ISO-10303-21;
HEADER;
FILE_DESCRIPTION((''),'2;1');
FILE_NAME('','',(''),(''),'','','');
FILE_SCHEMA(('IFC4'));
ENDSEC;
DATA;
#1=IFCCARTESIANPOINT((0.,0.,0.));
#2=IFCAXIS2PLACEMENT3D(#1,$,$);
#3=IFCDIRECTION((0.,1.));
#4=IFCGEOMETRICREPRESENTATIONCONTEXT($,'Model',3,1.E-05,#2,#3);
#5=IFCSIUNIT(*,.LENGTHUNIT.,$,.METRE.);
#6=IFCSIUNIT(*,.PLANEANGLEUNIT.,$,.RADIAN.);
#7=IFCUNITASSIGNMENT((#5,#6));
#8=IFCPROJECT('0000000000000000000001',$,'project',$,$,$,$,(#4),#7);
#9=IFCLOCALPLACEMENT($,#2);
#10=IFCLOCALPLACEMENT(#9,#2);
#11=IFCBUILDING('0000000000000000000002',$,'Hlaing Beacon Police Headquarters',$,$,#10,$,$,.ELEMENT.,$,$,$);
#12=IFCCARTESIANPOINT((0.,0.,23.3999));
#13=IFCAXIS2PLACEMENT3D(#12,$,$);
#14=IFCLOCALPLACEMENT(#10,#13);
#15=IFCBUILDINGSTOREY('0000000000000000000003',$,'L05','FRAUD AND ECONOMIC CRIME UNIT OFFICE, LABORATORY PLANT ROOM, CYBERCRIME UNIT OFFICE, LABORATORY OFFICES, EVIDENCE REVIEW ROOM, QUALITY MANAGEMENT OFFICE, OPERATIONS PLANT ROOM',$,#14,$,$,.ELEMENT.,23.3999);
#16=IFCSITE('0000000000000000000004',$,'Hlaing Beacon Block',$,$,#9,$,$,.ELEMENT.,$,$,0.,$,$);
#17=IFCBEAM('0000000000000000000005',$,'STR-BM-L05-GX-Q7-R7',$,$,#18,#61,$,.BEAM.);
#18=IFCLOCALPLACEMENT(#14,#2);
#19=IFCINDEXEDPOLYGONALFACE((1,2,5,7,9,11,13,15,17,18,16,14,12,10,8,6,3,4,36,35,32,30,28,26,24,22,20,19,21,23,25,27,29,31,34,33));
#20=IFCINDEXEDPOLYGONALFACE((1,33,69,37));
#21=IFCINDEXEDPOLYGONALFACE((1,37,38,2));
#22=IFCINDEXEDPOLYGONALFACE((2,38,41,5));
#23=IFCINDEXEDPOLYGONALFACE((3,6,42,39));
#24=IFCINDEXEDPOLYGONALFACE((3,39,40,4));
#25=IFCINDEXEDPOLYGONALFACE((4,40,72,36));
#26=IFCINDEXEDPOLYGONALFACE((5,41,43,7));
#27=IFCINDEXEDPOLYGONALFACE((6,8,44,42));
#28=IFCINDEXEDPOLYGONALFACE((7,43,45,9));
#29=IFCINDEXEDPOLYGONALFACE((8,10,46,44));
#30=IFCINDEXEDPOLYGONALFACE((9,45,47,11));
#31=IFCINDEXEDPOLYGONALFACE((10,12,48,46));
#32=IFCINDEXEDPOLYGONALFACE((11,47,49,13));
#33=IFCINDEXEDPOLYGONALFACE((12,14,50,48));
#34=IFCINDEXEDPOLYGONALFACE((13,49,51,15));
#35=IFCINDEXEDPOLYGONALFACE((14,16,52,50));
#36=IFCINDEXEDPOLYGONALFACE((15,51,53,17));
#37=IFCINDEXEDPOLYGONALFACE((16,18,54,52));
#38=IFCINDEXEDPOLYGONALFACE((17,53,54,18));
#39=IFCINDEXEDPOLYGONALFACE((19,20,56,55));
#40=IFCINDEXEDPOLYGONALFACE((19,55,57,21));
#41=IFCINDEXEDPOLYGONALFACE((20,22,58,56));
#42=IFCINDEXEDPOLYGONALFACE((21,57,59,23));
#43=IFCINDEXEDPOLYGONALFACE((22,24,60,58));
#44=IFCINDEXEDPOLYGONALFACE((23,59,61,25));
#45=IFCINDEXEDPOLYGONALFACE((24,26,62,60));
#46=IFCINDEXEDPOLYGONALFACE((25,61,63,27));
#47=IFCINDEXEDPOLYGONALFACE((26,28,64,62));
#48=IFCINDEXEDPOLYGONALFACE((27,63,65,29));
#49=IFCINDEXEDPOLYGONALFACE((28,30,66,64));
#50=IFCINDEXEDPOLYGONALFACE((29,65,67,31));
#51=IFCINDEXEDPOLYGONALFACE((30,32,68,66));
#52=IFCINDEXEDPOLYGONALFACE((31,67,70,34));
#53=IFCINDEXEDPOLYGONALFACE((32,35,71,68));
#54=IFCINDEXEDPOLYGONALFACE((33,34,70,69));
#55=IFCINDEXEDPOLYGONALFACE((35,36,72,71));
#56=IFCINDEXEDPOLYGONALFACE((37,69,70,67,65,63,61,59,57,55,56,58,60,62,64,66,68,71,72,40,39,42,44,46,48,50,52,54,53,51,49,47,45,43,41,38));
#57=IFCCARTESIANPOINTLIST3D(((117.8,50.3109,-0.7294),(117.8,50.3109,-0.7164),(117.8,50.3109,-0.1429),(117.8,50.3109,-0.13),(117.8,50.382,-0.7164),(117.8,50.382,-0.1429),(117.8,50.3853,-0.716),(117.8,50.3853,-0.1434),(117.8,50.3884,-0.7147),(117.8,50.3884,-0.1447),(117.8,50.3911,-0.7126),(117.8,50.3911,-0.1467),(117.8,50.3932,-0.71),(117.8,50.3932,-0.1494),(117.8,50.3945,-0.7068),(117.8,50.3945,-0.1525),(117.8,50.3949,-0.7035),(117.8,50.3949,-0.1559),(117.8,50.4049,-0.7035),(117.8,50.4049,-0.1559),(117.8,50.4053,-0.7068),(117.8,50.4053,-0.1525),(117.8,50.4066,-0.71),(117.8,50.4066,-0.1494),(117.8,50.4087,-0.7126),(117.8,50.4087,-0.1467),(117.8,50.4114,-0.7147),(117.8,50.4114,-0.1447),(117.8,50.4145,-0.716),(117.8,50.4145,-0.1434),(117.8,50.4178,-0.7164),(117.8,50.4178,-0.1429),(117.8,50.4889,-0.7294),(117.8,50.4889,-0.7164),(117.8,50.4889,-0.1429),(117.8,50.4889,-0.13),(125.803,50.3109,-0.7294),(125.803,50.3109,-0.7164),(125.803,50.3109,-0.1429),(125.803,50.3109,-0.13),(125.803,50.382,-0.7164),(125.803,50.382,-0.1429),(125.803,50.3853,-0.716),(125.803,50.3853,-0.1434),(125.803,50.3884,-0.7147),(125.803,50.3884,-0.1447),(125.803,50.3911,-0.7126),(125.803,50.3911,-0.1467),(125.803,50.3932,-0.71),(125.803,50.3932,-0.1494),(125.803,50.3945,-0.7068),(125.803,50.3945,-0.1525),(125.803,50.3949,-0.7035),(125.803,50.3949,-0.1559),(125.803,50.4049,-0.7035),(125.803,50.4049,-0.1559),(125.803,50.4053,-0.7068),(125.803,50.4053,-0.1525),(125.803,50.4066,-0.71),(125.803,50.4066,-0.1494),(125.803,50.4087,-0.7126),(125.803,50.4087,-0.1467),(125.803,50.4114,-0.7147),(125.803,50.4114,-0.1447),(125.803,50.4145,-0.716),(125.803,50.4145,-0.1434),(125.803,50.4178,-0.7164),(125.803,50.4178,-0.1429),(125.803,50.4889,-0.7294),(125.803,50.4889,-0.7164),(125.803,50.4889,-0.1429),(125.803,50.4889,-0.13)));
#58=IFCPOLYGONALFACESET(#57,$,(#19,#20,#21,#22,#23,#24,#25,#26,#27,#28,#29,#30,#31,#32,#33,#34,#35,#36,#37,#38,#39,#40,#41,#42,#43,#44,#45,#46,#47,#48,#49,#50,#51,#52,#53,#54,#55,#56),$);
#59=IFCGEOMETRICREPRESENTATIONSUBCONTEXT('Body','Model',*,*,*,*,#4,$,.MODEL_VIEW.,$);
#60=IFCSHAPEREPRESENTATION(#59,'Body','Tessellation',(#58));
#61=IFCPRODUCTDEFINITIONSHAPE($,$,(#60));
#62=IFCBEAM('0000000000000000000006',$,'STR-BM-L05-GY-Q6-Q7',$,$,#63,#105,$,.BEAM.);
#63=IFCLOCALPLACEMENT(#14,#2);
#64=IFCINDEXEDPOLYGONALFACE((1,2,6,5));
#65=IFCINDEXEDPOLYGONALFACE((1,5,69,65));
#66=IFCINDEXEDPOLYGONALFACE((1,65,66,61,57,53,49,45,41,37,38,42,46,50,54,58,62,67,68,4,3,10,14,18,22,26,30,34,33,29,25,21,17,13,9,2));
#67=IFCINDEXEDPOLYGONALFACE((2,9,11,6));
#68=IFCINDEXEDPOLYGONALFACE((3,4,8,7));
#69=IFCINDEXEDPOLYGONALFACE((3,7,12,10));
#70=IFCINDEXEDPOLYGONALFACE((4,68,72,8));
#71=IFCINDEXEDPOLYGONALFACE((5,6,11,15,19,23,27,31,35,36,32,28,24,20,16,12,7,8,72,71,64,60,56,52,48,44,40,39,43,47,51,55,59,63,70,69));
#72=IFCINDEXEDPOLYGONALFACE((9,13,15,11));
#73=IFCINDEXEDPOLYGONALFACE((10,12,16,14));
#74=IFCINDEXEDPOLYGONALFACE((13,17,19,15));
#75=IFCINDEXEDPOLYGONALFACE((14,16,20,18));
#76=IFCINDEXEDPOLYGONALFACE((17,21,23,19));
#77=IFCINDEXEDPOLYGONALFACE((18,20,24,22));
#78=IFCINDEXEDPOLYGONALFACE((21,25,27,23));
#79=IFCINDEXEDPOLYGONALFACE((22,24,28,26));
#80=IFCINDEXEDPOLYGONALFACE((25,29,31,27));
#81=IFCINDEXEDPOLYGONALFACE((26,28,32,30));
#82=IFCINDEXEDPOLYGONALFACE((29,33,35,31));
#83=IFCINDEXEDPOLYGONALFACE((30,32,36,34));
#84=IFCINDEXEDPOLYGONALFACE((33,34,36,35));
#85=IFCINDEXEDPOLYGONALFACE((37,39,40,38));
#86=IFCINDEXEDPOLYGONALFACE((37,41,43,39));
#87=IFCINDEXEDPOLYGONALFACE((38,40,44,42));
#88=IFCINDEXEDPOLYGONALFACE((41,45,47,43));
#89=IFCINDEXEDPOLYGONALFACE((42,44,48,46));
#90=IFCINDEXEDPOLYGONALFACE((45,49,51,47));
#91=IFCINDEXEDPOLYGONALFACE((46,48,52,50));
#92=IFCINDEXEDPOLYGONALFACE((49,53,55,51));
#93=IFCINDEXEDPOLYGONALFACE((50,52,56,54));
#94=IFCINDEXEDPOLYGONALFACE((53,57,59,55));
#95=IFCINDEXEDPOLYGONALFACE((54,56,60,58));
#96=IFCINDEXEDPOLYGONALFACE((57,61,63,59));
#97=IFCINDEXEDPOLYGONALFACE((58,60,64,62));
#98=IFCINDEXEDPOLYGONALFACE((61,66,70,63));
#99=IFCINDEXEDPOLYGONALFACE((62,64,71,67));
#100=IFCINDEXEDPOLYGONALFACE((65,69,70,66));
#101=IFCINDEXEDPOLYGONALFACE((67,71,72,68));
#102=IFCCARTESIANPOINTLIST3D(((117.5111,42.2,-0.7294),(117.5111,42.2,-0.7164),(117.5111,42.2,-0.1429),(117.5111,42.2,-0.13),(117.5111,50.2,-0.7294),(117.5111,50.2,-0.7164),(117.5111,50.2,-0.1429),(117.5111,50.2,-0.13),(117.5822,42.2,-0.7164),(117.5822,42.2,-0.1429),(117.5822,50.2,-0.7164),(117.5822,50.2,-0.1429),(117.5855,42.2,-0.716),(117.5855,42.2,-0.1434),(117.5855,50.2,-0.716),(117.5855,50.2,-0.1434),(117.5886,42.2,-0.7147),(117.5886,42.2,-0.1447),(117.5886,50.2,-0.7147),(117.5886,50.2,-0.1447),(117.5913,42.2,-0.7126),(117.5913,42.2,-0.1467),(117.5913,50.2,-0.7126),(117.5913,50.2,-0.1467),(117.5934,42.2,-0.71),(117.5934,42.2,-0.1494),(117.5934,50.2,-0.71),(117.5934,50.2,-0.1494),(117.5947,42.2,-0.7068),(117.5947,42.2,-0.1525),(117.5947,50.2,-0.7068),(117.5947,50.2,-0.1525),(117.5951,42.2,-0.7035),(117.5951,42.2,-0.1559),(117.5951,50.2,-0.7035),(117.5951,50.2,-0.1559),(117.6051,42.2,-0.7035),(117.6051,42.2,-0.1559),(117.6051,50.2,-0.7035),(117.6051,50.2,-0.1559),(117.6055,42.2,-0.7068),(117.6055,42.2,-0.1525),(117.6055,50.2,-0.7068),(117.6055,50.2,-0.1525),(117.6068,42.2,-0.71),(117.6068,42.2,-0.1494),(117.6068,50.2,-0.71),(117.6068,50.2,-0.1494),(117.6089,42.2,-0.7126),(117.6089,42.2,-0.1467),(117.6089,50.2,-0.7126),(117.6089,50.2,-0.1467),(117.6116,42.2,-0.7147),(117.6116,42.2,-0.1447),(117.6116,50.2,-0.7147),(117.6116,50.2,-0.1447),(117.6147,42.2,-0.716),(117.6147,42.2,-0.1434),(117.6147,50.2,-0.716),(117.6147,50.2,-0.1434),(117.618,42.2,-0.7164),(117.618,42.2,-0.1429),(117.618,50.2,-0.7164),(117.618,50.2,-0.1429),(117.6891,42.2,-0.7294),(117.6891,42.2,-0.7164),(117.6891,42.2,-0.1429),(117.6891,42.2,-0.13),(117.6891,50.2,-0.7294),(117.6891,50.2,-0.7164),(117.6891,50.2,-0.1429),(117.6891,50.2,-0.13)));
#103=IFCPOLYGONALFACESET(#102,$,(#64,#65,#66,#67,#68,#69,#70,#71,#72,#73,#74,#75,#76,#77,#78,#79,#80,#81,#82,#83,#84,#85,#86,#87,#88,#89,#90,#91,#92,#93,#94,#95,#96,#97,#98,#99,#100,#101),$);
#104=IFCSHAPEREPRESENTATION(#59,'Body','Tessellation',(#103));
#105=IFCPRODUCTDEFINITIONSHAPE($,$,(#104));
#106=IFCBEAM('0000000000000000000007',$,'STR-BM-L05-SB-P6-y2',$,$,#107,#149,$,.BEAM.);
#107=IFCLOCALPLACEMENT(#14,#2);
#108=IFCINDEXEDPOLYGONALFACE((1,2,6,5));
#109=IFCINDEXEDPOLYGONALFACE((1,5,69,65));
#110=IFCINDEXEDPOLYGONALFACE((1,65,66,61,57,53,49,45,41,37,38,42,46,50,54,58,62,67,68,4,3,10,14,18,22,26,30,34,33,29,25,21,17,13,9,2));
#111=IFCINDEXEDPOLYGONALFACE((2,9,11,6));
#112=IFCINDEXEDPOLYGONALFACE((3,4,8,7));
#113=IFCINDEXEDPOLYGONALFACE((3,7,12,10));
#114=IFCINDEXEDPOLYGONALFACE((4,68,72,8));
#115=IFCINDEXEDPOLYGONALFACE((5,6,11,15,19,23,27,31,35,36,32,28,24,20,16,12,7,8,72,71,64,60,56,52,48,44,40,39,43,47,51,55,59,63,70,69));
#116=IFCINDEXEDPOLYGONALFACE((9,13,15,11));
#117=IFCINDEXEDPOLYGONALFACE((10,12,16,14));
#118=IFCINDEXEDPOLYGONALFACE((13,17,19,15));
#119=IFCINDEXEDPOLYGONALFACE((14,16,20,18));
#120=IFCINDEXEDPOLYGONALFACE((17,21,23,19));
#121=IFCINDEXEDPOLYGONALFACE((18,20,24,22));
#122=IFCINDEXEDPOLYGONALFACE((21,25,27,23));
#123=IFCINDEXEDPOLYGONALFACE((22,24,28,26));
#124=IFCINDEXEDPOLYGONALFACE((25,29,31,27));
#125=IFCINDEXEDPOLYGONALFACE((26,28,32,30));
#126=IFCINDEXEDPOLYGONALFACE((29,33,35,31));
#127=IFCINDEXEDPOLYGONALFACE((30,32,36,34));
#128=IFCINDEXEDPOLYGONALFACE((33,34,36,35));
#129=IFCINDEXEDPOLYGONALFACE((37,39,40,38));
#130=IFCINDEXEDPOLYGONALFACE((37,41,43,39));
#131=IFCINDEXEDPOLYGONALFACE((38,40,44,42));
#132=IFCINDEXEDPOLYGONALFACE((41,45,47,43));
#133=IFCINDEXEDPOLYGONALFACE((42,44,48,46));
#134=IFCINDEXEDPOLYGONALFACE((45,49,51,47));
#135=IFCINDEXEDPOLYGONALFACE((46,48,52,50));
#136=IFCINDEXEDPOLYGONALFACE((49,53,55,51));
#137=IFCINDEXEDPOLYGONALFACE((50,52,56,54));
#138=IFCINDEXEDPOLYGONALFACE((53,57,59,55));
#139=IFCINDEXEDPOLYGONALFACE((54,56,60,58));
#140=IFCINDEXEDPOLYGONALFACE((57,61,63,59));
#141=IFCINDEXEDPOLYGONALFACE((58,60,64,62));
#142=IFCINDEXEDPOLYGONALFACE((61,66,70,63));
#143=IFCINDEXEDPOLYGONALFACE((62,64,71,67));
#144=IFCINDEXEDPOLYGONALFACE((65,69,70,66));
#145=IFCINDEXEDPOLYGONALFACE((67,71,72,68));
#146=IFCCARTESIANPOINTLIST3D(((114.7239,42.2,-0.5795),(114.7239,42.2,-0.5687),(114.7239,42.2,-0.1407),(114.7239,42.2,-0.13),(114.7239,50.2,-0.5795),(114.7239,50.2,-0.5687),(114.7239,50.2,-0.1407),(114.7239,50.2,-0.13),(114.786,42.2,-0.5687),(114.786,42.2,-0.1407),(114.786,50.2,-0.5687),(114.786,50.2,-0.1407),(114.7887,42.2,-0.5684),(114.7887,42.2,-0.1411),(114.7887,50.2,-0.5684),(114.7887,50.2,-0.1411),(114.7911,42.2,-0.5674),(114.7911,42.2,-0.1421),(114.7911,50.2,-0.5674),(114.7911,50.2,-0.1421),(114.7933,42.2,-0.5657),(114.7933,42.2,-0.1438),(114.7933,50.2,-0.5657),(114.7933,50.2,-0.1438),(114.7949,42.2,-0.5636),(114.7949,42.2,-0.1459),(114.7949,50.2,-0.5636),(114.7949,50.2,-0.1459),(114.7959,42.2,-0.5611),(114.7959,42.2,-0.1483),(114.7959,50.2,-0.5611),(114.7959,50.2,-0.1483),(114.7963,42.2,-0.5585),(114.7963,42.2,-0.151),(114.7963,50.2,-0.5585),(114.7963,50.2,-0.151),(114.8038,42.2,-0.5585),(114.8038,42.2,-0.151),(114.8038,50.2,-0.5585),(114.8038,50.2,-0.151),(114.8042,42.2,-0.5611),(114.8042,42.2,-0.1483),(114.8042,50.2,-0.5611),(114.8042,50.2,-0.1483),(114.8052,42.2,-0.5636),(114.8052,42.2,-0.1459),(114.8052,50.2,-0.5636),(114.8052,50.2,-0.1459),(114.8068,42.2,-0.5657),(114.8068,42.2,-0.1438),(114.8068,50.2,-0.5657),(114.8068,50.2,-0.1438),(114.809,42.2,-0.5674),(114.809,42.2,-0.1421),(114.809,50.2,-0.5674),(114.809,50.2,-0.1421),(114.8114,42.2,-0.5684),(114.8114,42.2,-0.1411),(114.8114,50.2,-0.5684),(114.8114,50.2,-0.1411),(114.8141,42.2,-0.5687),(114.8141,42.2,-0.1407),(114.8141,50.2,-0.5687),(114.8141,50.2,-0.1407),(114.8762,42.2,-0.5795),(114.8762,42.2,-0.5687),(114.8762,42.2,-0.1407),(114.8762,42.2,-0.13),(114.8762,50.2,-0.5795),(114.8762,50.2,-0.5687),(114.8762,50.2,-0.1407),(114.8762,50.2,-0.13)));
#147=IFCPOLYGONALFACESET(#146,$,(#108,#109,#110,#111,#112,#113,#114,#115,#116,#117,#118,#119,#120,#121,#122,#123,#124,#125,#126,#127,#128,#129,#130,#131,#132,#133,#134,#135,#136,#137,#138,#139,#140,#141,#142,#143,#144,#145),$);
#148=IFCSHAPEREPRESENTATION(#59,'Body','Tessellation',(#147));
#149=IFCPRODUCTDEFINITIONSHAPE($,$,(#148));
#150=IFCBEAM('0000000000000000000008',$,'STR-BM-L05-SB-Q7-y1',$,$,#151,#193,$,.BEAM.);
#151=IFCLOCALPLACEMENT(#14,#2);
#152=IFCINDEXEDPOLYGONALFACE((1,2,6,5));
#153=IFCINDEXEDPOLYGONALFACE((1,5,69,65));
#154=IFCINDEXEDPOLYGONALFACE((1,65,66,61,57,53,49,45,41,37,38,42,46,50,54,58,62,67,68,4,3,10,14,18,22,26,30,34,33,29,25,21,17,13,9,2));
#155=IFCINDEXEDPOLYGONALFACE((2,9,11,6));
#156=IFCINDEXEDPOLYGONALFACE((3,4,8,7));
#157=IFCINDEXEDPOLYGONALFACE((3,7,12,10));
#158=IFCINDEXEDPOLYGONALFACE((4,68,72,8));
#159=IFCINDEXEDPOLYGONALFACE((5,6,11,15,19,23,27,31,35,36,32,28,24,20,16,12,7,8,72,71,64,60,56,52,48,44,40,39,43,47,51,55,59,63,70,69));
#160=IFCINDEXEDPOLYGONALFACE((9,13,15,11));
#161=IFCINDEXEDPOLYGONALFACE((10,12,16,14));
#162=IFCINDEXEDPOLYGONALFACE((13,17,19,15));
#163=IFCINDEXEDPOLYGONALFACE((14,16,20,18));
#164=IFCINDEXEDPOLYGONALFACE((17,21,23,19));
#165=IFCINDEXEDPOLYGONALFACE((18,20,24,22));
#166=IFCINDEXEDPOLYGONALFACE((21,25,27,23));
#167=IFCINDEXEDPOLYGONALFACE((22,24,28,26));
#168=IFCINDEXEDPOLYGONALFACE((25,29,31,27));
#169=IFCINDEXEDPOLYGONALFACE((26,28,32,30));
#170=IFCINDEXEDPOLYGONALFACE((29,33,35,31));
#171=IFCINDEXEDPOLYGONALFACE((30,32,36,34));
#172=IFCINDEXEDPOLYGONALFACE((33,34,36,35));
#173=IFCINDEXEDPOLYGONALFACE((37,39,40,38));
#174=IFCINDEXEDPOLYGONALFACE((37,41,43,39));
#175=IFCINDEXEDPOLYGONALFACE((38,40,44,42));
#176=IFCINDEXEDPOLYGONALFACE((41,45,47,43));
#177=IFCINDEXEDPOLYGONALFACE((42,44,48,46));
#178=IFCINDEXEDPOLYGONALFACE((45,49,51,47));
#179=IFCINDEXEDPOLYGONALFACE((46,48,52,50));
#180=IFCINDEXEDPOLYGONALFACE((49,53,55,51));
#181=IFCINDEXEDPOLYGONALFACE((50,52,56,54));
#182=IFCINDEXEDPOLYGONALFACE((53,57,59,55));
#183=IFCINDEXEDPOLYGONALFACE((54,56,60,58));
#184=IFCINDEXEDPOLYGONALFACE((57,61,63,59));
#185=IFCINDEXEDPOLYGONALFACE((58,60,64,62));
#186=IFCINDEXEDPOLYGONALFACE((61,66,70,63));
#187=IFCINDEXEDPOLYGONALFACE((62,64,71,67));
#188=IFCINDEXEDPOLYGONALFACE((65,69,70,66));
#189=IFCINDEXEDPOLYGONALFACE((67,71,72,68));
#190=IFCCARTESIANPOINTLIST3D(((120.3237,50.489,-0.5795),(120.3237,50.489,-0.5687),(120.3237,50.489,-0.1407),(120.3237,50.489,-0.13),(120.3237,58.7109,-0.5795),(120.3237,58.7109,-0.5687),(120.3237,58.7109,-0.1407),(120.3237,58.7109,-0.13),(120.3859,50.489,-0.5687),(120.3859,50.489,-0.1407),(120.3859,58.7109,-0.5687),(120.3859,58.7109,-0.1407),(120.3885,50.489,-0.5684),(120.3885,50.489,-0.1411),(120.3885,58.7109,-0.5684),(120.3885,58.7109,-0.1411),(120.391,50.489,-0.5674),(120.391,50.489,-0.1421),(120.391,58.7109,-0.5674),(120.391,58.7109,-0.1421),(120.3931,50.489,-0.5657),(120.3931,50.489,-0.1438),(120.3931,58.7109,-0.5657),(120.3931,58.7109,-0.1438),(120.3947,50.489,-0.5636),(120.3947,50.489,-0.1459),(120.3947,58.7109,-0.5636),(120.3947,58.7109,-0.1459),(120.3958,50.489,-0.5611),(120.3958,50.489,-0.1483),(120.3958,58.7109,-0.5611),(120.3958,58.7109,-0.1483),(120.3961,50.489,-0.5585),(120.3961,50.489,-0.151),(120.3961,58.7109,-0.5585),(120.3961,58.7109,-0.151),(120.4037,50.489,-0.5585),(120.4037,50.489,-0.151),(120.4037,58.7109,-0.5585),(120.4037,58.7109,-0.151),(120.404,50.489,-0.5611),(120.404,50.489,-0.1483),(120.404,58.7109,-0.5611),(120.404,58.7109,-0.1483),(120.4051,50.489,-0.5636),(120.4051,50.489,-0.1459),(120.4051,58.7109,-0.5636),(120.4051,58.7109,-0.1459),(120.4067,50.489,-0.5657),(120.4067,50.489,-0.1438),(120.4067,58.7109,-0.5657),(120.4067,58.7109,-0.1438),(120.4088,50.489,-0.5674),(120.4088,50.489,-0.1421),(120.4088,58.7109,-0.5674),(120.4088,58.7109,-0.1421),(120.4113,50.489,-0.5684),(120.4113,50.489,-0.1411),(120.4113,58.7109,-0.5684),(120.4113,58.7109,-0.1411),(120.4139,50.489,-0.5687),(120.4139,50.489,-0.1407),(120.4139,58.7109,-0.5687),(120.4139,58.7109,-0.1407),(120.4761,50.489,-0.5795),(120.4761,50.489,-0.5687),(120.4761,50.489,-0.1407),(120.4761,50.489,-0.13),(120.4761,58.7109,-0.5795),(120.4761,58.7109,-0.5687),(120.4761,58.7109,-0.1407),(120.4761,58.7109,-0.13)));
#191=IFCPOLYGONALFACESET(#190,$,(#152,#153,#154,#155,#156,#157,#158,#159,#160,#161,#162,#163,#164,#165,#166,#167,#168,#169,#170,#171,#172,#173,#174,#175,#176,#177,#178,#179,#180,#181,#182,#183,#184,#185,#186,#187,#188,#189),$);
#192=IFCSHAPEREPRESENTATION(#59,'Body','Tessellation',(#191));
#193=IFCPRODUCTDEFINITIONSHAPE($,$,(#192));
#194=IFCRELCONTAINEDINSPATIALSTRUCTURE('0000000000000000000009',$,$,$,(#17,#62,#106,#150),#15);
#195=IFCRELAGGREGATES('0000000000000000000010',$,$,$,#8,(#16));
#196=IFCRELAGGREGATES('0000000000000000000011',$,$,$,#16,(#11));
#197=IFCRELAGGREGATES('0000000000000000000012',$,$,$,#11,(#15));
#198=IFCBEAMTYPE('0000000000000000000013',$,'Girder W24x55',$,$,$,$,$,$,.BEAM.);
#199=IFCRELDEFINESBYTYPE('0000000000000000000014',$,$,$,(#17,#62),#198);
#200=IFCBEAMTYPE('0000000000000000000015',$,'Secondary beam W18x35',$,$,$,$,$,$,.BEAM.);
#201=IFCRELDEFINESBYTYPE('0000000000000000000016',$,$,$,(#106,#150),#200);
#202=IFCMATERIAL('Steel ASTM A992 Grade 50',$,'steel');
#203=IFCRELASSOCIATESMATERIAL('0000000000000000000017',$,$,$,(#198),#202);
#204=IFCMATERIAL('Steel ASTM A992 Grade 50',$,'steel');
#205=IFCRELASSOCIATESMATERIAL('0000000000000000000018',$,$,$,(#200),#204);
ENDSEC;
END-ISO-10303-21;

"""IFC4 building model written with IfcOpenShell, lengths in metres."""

from ifc_helpers import new_model, si_unit, direction, frame, origin, origin_2d, place, context, subcontext, project, spatial, i_section, extrude, material, material_profile, profile_set, type_object, element, save


model = new_model("IFC4")

# Units and contexts
model_context = context("Model", 3, precision=1e-05, world=origin(), true_north=direction((0.0, 1.0)))
body_context = subcontext(model_context, "Body", "Model", "MODEL_VIEW")
ifc_project = project(units=[si_unit("LENGTHUNIT", "METRE"), si_unit("PLANEANGLEUNIT", "RADIAN")], contexts=[model_context])

# Site, building, storey
site_placement = place(None, origin())
site = spatial("IfcSite", under=ifc_project, at=site_placement, Name="Hlaing Beacon Block", CompositionType="ELEMENT", RefElevation=0.0)
building_placement = place(site_placement, origin())
building = spatial("IfcBuilding", under=site, at=building_placement, Name="Hlaing Beacon Police Headquarters", CompositionType="ELEMENT")
storey_placement = place(building_placement, frame((0.0, 0.0, 23.3999)))
storey = spatial("IfcBuildingStorey", under=building, at=storey_placement, Name="L05", Description="FRAUD AND ECONOMIC CRIME UNIT OFFICE, LABORATORY PLANT ROOM, CYBERCRIME UNIT OFFICE, LABORATORY OFFICES, EVIDENCE REVIEW ROOM, QUALITY MANAGEMENT OFFICE, OPERATIONS PLANT ROOM", CompositionType="ELEMENT", Elevation=23.3999)

# Beams
ifc_material_1 = material(Name="Steel ASTM A992 Grade 50", Category="steel")
ifc_material_profile_1 = material_profile(ifc_material_1, i_section(OverallWidth=0.178, OverallDepth=0.5994, WebThickness=0.01, FlangeThickness=0.0129, FilletRadius=0.0129, at=origin_2d()), Name="W24x55")
ifc_profile_set_1 = profile_set([ifc_material_profile_1], Name="Steel ASTM A992 Grade 50")
beam_type_1 = type_object("IfcBeamType", Name="Girder W24x55", PredefinedType="BEAM", material=ifc_profile_set_1)
beam_1_placement = place(storey_placement, frame((117.8, 50.3999, -0.4297), z_axis=(1.0, 0.0, 0.0), x_axis=(0.0, 1.0, 0.0)))
element("IfcBeam", 1, at=beam_1_placement, inside=storey, type_object=beam_type_1, Name="STR-BM-L05-GX-Q7-R7", PredefinedType="BEAM", context=body_context, shape_type="SweptSolid", body=[
    extrude(i_section(OverallWidth=0.178, OverallDepth=0.5994, WebThickness=0.01, FlangeThickness=0.0129, FilletRadius=0.0129, at=origin_2d()), origin(), (0.0, 0.0, 1.0), 8.0029),
])
beam_2_placement = place(storey_placement, frame((117.6001, 42.2, -0.4297), z_axis=(0.0, 1.0, 0.0), x_axis=(-1.0, 0.0, 0.0)))
element("IfcBeam", 2, at=beam_2_placement, inside=storey, type_object=beam_type_1, Name="STR-BM-L05-GY-Q6-Q7", PredefinedType="BEAM", context=body_context, shape_type="SweptSolid", body=[
    extrude(i_section(OverallWidth=0.178, OverallDepth=0.5994, WebThickness=0.01, FlangeThickness=0.0129, FilletRadius=0.0129, at=origin_2d()), origin(), (0.0, 0.0, 1.0), 8.0),
])
ifc_material_2 = material(Name="Steel ASTM A992 Grade 50", Category="steel")
ifc_material_profile_2 = material_profile(ifc_material_2, i_section(OverallWidth=0.1523, OverallDepth=0.4495, WebThickness=0.0076, FlangeThickness=0.0107, FilletRadius=0.0103, at=origin_2d()), Name="W18x35")
ifc_profile_set_2 = profile_set([ifc_material_profile_2], Name="Steel ASTM A992 Grade 50")
beam_type_2 = type_object("IfcBeamType", Name="Secondary beam W18x35", PredefinedType="BEAM", material=ifc_profile_set_2)
beam_3_placement = place(storey_placement, frame((114.8, 42.2, -0.3547), z_axis=(0.0, 1.0, 0.0), x_axis=(-1.0, 0.0, 0.0)))
element("IfcBeam", 3, at=beam_3_placement, inside=storey, type_object=beam_type_2, Name="STR-BM-L05-SB-P6-y2", PredefinedType="BEAM", context=body_context, shape_type="SweptSolid", body=[
    extrude(i_section(OverallWidth=0.1523, OverallDepth=0.4495, WebThickness=0.0076, FlangeThickness=0.0107, FilletRadius=0.0103, at=origin_2d()), origin(), (0.0, 0.0, 1.0), 8.0),
])
for number, where, z_axis, x_axis, name in (
    (4, (120.3999, 50.489, -0.3547), (0.0, 1.0, 0.0), (-1.0, 0.0, 0.0), "STR-BM-L05-SB-Q7-y1"),
):
    element("IfcBeam", number, at=place(storey_placement, frame(where, z_axis=z_axis, x_axis=x_axis)), inside=storey, type_object=beam_type_2, Name=name, PredefinedType="BEAM", context=body_context, shape_type="SweptSolid", body=[
        extrude(i_section(OverallWidth=0.1523, OverallDepth=0.4495, WebThickness=0.0076, FlangeThickness=0.0107, FilletRadius=0.0103, at=origin_2d()), origin(), (0.0, 0.0, 1.0), 8.2219),
    ])

save(model, "model.ifc")
